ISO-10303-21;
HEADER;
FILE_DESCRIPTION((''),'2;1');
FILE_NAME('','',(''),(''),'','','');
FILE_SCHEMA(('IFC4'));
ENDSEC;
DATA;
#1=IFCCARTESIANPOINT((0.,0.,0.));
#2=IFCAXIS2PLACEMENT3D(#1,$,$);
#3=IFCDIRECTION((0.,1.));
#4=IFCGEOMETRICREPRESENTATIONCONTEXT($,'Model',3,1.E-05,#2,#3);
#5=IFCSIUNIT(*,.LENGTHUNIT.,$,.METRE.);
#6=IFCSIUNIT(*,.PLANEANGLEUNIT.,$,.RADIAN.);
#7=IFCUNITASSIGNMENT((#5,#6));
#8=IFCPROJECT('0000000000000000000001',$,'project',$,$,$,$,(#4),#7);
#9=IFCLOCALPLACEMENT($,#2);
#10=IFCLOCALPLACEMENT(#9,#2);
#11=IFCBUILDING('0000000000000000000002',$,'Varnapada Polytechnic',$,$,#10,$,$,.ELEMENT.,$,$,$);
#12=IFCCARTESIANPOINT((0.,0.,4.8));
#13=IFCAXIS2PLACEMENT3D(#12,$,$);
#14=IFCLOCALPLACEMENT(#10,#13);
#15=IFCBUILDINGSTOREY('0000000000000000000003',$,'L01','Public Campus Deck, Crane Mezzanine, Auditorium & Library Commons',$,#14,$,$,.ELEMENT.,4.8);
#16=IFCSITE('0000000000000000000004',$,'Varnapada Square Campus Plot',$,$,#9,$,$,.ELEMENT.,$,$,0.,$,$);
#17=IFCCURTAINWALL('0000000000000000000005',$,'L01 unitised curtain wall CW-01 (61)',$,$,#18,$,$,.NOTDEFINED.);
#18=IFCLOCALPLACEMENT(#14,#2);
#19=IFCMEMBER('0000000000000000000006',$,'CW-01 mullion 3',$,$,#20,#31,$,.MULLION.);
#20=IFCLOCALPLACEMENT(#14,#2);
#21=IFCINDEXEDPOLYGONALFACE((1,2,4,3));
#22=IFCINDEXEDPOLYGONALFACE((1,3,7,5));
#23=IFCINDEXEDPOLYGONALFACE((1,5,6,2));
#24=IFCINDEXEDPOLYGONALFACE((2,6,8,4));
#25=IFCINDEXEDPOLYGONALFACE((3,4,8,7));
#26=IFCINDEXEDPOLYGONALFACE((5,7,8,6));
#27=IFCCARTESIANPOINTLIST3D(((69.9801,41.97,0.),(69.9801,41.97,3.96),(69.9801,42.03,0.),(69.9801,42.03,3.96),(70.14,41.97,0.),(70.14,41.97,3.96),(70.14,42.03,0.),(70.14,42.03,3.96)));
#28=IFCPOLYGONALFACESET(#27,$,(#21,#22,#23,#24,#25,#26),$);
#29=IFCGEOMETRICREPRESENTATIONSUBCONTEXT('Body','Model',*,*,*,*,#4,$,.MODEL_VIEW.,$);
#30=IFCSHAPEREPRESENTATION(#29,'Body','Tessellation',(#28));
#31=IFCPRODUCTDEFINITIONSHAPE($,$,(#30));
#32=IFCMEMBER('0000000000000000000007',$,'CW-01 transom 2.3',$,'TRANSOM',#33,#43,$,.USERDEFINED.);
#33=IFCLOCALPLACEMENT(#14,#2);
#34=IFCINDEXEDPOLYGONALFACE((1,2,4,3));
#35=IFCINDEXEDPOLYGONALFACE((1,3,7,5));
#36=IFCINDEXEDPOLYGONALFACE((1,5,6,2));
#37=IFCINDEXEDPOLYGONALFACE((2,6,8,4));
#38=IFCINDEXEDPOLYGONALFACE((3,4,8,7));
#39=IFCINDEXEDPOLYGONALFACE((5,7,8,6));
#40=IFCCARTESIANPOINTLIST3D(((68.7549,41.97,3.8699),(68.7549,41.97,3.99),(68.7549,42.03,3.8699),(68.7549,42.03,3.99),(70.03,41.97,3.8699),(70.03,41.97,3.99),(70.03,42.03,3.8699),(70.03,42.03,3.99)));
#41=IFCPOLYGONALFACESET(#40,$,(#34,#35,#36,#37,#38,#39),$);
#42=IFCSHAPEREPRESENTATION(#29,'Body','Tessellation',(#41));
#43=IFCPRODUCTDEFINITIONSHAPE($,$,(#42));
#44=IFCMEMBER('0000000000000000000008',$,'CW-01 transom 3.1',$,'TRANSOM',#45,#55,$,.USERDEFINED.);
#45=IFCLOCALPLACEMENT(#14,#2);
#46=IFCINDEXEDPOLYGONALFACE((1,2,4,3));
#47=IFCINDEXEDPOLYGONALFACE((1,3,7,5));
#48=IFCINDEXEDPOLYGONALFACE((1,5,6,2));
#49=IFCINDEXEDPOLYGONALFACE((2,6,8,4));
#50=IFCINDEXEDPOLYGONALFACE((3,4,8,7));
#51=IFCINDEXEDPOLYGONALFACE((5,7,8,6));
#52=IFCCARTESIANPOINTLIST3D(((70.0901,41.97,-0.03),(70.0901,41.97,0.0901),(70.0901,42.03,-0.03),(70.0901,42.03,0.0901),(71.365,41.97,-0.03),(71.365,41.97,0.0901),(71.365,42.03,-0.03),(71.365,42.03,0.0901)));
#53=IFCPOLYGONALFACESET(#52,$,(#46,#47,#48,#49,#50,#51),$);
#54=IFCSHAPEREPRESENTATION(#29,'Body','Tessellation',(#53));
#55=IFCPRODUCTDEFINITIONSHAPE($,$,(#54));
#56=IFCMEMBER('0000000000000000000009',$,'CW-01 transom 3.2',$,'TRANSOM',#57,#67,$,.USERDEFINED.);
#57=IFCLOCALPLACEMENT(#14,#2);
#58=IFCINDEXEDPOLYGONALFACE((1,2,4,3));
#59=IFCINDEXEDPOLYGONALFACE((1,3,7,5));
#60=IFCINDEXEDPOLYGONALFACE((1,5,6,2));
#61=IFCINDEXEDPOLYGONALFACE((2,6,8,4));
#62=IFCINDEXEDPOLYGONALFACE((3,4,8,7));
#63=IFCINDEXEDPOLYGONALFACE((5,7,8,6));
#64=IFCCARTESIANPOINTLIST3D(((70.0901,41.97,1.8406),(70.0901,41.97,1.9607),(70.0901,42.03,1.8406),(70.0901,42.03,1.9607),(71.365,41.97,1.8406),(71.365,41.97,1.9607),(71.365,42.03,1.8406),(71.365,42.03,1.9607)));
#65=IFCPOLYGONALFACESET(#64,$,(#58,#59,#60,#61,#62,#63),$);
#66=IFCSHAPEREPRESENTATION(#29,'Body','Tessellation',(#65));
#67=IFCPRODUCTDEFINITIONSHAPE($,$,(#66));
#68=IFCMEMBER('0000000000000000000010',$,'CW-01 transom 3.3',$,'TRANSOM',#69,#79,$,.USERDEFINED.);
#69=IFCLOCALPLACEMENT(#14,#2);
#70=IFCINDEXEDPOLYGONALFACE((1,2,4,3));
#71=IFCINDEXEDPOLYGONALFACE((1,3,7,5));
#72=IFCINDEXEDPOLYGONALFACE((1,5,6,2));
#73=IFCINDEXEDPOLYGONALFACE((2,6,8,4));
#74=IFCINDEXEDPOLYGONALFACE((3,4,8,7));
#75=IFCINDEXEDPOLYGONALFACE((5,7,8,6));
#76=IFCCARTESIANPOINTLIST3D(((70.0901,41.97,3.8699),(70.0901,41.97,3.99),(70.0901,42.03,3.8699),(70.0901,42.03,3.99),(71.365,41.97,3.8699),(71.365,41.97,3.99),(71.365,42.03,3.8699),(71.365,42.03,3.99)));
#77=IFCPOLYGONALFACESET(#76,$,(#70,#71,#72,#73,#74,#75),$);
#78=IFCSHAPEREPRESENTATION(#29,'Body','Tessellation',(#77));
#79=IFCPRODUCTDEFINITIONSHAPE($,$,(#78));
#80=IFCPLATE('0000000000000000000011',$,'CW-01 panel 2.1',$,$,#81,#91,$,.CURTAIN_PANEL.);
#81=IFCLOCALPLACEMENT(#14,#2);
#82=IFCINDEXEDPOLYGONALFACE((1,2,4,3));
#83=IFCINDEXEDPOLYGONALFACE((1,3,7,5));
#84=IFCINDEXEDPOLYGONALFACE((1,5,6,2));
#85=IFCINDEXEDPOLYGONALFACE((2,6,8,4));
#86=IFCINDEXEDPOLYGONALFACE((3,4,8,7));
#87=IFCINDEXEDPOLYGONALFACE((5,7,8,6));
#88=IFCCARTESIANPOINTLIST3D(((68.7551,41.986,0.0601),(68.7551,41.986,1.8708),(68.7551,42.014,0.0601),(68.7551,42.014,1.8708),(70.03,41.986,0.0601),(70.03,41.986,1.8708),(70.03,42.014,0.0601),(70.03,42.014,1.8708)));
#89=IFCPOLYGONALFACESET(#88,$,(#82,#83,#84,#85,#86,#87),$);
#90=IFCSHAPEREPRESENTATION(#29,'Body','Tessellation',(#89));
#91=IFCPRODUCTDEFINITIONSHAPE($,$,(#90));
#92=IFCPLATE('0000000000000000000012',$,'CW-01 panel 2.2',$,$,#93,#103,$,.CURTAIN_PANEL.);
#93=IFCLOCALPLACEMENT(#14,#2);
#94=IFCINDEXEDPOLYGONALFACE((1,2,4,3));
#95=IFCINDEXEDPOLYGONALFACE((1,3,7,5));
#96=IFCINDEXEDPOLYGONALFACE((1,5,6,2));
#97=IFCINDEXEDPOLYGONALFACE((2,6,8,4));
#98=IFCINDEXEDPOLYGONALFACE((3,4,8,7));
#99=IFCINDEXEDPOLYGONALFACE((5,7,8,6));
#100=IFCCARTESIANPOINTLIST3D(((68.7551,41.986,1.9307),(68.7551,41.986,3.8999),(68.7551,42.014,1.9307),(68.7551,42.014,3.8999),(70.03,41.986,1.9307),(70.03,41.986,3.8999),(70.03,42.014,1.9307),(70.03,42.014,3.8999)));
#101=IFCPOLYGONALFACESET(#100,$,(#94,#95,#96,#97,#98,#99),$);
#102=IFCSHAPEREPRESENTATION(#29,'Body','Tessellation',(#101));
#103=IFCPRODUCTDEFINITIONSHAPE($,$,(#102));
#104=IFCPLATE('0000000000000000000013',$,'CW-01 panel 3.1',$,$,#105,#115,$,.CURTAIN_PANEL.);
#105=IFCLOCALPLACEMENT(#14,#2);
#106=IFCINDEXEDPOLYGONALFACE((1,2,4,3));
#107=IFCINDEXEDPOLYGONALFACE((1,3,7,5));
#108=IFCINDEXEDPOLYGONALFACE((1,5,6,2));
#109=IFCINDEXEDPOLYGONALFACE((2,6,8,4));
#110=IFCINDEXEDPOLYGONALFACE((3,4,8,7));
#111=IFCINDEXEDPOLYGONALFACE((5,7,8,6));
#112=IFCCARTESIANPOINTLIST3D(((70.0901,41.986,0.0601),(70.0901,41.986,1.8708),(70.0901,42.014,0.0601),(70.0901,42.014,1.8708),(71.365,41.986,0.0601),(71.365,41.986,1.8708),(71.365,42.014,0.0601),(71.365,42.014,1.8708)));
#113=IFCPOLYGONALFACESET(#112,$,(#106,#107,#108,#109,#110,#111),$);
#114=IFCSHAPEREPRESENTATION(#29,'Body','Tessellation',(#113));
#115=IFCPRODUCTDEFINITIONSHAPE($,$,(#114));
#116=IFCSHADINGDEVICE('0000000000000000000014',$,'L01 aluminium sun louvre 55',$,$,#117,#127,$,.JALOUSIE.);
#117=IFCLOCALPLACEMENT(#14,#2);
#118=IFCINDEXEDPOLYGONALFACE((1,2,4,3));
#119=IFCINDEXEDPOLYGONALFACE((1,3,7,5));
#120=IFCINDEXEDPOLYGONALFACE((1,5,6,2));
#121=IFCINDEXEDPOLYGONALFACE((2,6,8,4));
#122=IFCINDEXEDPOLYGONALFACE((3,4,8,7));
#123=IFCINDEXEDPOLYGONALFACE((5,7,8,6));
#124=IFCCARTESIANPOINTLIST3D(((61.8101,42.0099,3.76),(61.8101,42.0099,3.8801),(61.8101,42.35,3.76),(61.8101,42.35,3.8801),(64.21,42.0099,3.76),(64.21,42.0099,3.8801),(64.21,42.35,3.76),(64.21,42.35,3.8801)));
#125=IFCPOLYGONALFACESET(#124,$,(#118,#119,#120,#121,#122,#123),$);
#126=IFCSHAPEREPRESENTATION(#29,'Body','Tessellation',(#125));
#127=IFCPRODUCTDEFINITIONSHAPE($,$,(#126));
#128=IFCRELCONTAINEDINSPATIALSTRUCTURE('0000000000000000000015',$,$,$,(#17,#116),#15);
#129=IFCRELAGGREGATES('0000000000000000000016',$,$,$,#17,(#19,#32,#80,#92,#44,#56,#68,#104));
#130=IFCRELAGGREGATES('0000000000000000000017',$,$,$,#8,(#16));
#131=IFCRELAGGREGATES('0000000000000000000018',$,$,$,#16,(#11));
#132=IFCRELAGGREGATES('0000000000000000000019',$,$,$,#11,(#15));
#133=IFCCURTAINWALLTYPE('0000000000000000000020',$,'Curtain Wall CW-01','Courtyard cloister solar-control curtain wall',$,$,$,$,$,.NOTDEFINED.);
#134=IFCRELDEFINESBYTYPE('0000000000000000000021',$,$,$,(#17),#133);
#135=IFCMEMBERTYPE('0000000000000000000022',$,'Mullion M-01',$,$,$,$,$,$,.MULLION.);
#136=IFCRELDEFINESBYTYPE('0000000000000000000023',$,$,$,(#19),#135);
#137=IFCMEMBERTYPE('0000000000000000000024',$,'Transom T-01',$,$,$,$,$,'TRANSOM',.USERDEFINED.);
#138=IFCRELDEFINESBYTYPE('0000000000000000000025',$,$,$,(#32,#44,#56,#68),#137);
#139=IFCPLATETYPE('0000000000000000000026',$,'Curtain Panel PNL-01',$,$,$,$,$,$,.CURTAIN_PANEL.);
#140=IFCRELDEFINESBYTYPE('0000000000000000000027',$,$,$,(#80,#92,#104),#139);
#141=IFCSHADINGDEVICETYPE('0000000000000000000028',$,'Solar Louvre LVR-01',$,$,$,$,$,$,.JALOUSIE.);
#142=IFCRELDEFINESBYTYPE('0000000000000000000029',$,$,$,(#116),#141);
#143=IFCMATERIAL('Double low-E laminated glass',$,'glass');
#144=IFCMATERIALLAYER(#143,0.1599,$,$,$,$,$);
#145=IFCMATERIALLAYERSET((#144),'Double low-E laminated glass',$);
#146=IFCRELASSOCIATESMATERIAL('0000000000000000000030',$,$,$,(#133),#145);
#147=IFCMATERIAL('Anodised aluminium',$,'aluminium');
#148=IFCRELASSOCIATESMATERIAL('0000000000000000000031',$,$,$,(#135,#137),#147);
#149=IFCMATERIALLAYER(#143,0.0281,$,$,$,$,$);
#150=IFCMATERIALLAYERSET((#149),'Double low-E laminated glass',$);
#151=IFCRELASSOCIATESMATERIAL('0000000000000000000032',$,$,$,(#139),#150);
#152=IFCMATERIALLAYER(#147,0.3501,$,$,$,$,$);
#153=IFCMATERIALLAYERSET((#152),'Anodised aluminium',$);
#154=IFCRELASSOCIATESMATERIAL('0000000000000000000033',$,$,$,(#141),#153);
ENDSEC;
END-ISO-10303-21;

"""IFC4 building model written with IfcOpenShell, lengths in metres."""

from ifc_helpers import new_model, si_unit, direction, frame, origin, origin_2d, place, context, subcontext, project, spatial, rectangle, extrude, material, layer, layer_set, material_profile, profile_set, type_object, element, aggregate, save


model = new_model("IFC4")

# Units and contexts
model_context = context("Model", 3, precision=1e-05, world=origin(), true_north=direction((0.0, 1.0)))
body_context = subcontext(model_context, "Body", "Model", "MODEL_VIEW")
ifc_project = project(units=[si_unit("LENGTHUNIT", "METRE"), si_unit("PLANEANGLEUNIT", "RADIAN")], contexts=[model_context])

# Site, building, storey
site_placement = place(None, origin())
site = spatial("IfcSite", under=ifc_project, at=site_placement, Name="Varnapada Square Campus Plot", CompositionType="ELEMENT", RefElevation=0.0)
building_placement = place(site_placement, origin())
building = spatial("IfcBuilding", under=site, at=building_placement, Name="Varnapada Polytechnic", CompositionType="ELEMENT")
storey_placement = place(building_placement, frame((0.0, 0.0, 4.8)))
storey = spatial("IfcBuildingStorey", under=building, at=storey_placement, Name="L01", Description="Public Campus Deck, Crane Mezzanine, Auditorium & Library Commons", CompositionType="ELEMENT", Elevation=4.8)

# Curtain wall, members, plates
ifc_material_1 = material(Name="Double low-E laminated glass", Category="glass")
ifc_layer_1 = layer(ifc_material_1, 0.1599)
ifc_layer_set_1 = layer_set([ifc_layer_1], Name="Double low-E laminated glass")
curtain_wall_type = type_object("IfcCurtainWallType", Name="Curtain Wall CW-01", Description="Courtyard cloister solar-control curtain wall", PredefinedType="NOTDEFINED", material=ifc_layer_set_1)
curtain_wall_placement = place(storey_placement, origin())
curtain_wall = element("IfcCurtainWall", 1, at=curtain_wall_placement, inside=storey, type_object=curtain_wall_type, Name="L01 unitised curtain wall CW-01 (61)", PredefinedType="NOTDEFINED")
ifc_material_2 = material(Name="Anodised aluminium", Category="aluminium")
ifc_material_profile_1 = material_profile(ifc_material_2, rectangle(XDim=0.0601, YDim=0.1599, at=origin_2d()), Name="ALU M60x160")
ifc_profile_set_1 = profile_set([ifc_material_profile_1], Name="Anodised aluminium")
member_type_1 = type_object("IfcMemberType", Name="Mullion M-01", PredefinedType="MULLION", material=ifc_profile_set_1)
member_1_placement = place(storey_placement, frame((70.0601, 42.0, 0.0), z_axis=(0.0, 0.0, 1.0), x_axis=(0.0, 1.0, 0.0)))
member_1 = element("IfcMember", 2, at=member_1_placement, type_object=member_type_1, Name="CW-01 mullion 3", PredefinedType="MULLION", context=body_context, shape_type="SweptSolid", body=[
    extrude(rectangle(XDim=0.0601, YDim=0.1599, at=origin_2d()), origin(), (0.0, 0.0, 1.0), 3.96),
])
ifc_material_profile_2 = material_profile(ifc_material_2, rectangle(XDim=0.0601, YDim=0.1201, at=origin_2d()), Name="ALU T60x120")
ifc_profile_set_2 = profile_set([ifc_material_profile_2], Name="Anodised aluminium")
member_type_2 = type_object("IfcMemberType", Name="Transom T-01", ElementType="TRANSOM", PredefinedType="USERDEFINED", material=ifc_profile_set_2)
member_2_placement = place(storey_placement, frame((68.7549, 42.0, 3.9299), z_axis=(1.0, 0.0, 0.0), x_axis=(0.0, 1.0, 0.0)))
member_2 = element("IfcMember", 3, at=member_2_placement, type_object=member_type_2, Name="CW-01 transom 2.3", ObjectType="TRANSOM", PredefinedType="USERDEFINED", context=body_context, shape_type="SweptSolid", body=[
    extrude(rectangle(XDim=0.0601, YDim=0.1201, at=origin_2d()), origin(), (0.0, 0.0, 1.0), 1.2751),
])
member_3_placement = place(storey_placement, frame((70.0901, 42.0, 0.03), z_axis=(1.0, 0.0, 0.0), x_axis=(0.0, 1.0, 0.0)))
member_3 = element("IfcMember", 4, at=member_3_placement, type_object=member_type_2, Name="CW-01 transom 3.1", ObjectType="TRANSOM", PredefinedType="USERDEFINED", context=body_context, shape_type="SweptSolid", body=[
    extrude(rectangle(XDim=0.0601, YDim=0.1201, at=origin_2d()), origin(), (0.0, 0.0, 1.0), 1.2749),
])
member_4_placement = place(storey_placement, frame((70.0901, 42.0, 1.9006), z_axis=(1.0, 0.0, 0.0), x_axis=(0.0, 1.0, 0.0)))
member_4 = element("IfcMember", 5, at=member_4_placement, type_object=member_type_2, Name="CW-01 transom 3.2", ObjectType="TRANSOM", PredefinedType="USERDEFINED", context=body_context, shape_type="SweptSolid", body=[
    extrude(rectangle(XDim=0.0601, YDim=0.1201, at=origin_2d()), origin(), (0.0, 0.0, 1.0), 1.2749),
])
member_5_placement = place(storey_placement, frame((70.0901, 42.0, 3.9299), z_axis=(1.0, 0.0, 0.0), x_axis=(0.0, 1.0, 0.0)))
member_5 = element("IfcMember", 6, at=member_5_placement, type_object=member_type_2, Name="CW-01 transom 3.3", ObjectType="TRANSOM", PredefinedType="USERDEFINED", context=body_context, shape_type="SweptSolid", body=[
    extrude(rectangle(XDim=0.0601, YDim=0.1201, at=origin_2d()), origin(), (0.0, 0.0, 1.0), 1.2749),
])
ifc_layer_2 = layer(ifc_material_1, 0.0281)
ifc_layer_set_2 = layer_set([ifc_layer_2], Name="Double low-E laminated glass")
plate_type = type_object("IfcPlateType", Name="Curtain Panel PNL-01", PredefinedType="CURTAIN_PANEL", material=ifc_layer_set_2)
plate_1_placement = place(storey_placement, frame((69.3926, 42.0, 0.0601), z_axis=(0.0, 0.0, 1.0), x_axis=(1.0, 0.0, 0.0)))
plate_1 = element("IfcPlate", 7, at=plate_1_placement, type_object=plate_type, Name="CW-01 panel 2.1", PredefinedType="CURTAIN_PANEL", context=body_context, shape_type="SweptSolid", body=[
    extrude(rectangle(XDim=1.2749, YDim=0.0281, at=origin_2d()), origin(), (0.0, 0.0, 1.0), 1.8108),
])
plate_2_placement = place(storey_placement, frame((69.3926, 42.0, 1.9307), z_axis=(0.0, 0.0, 1.0), x_axis=(1.0, 0.0, 0.0)))
plate_2 = element("IfcPlate", 8, at=plate_2_placement, type_object=plate_type, Name="CW-01 panel 2.2", PredefinedType="CURTAIN_PANEL", context=body_context, shape_type="SweptSolid", body=[
    extrude(rectangle(XDim=1.2749, YDim=0.0281, at=origin_2d()), origin(), (0.0, 0.0, 1.0), 1.9692),
])
plate_3_placement = place(storey_placement, frame((70.7275, 42.0, 0.0601), z_axis=(0.0, 0.0, 1.0), x_axis=(1.0, 0.0, 0.0)))
plate_3 = element("IfcPlate", 9, at=plate_3_placement, type_object=plate_type, Name="CW-01 panel 3.1", PredefinedType="CURTAIN_PANEL", context=body_context, shape_type="SweptSolid", body=[
    extrude(rectangle(XDim=1.2749, YDim=0.0281, at=origin_2d()), origin(), (0.0, 0.0, 1.0), 1.8108),
])
aggregate(curtain_wall, [member_1, member_2, plate_1, plate_2, member_3, member_4, member_5, plate_3])

# Shading device
ifc_layer_3 = layer(ifc_material_2, 0.3501)
ifc_layer_set_3 = layer_set([ifc_layer_3], Name="Anodised aluminium")
shading_device_type_1 = type_object("IfcShadingDeviceType", Name="Solar Louvre LVR-01", PredefinedType="JALOUSIE", material=ifc_layer_set_3)
shading_device_1_placement = place(storey_placement, frame((63.01, 42.1799, 3.76), z_axis=(0.0, 0.0, 1.0), x_axis=(1.0, 0.0, 0.0)))
element("IfcShadingDevice", 10, at=shading_device_1_placement, inside=storey, type_object=shading_device_type_1, Name="L01 aluminium sun louvre 55", PredefinedType="JALOUSIE", context=body_context, shape_type="SweptSolid", body=[
    extrude(rectangle(XDim=2.3999, YDim=0.3401, at=origin_2d()), origin(), (0.0, 0.0, 1.0), 0.1201),
])

save(model, "model.ifc")
